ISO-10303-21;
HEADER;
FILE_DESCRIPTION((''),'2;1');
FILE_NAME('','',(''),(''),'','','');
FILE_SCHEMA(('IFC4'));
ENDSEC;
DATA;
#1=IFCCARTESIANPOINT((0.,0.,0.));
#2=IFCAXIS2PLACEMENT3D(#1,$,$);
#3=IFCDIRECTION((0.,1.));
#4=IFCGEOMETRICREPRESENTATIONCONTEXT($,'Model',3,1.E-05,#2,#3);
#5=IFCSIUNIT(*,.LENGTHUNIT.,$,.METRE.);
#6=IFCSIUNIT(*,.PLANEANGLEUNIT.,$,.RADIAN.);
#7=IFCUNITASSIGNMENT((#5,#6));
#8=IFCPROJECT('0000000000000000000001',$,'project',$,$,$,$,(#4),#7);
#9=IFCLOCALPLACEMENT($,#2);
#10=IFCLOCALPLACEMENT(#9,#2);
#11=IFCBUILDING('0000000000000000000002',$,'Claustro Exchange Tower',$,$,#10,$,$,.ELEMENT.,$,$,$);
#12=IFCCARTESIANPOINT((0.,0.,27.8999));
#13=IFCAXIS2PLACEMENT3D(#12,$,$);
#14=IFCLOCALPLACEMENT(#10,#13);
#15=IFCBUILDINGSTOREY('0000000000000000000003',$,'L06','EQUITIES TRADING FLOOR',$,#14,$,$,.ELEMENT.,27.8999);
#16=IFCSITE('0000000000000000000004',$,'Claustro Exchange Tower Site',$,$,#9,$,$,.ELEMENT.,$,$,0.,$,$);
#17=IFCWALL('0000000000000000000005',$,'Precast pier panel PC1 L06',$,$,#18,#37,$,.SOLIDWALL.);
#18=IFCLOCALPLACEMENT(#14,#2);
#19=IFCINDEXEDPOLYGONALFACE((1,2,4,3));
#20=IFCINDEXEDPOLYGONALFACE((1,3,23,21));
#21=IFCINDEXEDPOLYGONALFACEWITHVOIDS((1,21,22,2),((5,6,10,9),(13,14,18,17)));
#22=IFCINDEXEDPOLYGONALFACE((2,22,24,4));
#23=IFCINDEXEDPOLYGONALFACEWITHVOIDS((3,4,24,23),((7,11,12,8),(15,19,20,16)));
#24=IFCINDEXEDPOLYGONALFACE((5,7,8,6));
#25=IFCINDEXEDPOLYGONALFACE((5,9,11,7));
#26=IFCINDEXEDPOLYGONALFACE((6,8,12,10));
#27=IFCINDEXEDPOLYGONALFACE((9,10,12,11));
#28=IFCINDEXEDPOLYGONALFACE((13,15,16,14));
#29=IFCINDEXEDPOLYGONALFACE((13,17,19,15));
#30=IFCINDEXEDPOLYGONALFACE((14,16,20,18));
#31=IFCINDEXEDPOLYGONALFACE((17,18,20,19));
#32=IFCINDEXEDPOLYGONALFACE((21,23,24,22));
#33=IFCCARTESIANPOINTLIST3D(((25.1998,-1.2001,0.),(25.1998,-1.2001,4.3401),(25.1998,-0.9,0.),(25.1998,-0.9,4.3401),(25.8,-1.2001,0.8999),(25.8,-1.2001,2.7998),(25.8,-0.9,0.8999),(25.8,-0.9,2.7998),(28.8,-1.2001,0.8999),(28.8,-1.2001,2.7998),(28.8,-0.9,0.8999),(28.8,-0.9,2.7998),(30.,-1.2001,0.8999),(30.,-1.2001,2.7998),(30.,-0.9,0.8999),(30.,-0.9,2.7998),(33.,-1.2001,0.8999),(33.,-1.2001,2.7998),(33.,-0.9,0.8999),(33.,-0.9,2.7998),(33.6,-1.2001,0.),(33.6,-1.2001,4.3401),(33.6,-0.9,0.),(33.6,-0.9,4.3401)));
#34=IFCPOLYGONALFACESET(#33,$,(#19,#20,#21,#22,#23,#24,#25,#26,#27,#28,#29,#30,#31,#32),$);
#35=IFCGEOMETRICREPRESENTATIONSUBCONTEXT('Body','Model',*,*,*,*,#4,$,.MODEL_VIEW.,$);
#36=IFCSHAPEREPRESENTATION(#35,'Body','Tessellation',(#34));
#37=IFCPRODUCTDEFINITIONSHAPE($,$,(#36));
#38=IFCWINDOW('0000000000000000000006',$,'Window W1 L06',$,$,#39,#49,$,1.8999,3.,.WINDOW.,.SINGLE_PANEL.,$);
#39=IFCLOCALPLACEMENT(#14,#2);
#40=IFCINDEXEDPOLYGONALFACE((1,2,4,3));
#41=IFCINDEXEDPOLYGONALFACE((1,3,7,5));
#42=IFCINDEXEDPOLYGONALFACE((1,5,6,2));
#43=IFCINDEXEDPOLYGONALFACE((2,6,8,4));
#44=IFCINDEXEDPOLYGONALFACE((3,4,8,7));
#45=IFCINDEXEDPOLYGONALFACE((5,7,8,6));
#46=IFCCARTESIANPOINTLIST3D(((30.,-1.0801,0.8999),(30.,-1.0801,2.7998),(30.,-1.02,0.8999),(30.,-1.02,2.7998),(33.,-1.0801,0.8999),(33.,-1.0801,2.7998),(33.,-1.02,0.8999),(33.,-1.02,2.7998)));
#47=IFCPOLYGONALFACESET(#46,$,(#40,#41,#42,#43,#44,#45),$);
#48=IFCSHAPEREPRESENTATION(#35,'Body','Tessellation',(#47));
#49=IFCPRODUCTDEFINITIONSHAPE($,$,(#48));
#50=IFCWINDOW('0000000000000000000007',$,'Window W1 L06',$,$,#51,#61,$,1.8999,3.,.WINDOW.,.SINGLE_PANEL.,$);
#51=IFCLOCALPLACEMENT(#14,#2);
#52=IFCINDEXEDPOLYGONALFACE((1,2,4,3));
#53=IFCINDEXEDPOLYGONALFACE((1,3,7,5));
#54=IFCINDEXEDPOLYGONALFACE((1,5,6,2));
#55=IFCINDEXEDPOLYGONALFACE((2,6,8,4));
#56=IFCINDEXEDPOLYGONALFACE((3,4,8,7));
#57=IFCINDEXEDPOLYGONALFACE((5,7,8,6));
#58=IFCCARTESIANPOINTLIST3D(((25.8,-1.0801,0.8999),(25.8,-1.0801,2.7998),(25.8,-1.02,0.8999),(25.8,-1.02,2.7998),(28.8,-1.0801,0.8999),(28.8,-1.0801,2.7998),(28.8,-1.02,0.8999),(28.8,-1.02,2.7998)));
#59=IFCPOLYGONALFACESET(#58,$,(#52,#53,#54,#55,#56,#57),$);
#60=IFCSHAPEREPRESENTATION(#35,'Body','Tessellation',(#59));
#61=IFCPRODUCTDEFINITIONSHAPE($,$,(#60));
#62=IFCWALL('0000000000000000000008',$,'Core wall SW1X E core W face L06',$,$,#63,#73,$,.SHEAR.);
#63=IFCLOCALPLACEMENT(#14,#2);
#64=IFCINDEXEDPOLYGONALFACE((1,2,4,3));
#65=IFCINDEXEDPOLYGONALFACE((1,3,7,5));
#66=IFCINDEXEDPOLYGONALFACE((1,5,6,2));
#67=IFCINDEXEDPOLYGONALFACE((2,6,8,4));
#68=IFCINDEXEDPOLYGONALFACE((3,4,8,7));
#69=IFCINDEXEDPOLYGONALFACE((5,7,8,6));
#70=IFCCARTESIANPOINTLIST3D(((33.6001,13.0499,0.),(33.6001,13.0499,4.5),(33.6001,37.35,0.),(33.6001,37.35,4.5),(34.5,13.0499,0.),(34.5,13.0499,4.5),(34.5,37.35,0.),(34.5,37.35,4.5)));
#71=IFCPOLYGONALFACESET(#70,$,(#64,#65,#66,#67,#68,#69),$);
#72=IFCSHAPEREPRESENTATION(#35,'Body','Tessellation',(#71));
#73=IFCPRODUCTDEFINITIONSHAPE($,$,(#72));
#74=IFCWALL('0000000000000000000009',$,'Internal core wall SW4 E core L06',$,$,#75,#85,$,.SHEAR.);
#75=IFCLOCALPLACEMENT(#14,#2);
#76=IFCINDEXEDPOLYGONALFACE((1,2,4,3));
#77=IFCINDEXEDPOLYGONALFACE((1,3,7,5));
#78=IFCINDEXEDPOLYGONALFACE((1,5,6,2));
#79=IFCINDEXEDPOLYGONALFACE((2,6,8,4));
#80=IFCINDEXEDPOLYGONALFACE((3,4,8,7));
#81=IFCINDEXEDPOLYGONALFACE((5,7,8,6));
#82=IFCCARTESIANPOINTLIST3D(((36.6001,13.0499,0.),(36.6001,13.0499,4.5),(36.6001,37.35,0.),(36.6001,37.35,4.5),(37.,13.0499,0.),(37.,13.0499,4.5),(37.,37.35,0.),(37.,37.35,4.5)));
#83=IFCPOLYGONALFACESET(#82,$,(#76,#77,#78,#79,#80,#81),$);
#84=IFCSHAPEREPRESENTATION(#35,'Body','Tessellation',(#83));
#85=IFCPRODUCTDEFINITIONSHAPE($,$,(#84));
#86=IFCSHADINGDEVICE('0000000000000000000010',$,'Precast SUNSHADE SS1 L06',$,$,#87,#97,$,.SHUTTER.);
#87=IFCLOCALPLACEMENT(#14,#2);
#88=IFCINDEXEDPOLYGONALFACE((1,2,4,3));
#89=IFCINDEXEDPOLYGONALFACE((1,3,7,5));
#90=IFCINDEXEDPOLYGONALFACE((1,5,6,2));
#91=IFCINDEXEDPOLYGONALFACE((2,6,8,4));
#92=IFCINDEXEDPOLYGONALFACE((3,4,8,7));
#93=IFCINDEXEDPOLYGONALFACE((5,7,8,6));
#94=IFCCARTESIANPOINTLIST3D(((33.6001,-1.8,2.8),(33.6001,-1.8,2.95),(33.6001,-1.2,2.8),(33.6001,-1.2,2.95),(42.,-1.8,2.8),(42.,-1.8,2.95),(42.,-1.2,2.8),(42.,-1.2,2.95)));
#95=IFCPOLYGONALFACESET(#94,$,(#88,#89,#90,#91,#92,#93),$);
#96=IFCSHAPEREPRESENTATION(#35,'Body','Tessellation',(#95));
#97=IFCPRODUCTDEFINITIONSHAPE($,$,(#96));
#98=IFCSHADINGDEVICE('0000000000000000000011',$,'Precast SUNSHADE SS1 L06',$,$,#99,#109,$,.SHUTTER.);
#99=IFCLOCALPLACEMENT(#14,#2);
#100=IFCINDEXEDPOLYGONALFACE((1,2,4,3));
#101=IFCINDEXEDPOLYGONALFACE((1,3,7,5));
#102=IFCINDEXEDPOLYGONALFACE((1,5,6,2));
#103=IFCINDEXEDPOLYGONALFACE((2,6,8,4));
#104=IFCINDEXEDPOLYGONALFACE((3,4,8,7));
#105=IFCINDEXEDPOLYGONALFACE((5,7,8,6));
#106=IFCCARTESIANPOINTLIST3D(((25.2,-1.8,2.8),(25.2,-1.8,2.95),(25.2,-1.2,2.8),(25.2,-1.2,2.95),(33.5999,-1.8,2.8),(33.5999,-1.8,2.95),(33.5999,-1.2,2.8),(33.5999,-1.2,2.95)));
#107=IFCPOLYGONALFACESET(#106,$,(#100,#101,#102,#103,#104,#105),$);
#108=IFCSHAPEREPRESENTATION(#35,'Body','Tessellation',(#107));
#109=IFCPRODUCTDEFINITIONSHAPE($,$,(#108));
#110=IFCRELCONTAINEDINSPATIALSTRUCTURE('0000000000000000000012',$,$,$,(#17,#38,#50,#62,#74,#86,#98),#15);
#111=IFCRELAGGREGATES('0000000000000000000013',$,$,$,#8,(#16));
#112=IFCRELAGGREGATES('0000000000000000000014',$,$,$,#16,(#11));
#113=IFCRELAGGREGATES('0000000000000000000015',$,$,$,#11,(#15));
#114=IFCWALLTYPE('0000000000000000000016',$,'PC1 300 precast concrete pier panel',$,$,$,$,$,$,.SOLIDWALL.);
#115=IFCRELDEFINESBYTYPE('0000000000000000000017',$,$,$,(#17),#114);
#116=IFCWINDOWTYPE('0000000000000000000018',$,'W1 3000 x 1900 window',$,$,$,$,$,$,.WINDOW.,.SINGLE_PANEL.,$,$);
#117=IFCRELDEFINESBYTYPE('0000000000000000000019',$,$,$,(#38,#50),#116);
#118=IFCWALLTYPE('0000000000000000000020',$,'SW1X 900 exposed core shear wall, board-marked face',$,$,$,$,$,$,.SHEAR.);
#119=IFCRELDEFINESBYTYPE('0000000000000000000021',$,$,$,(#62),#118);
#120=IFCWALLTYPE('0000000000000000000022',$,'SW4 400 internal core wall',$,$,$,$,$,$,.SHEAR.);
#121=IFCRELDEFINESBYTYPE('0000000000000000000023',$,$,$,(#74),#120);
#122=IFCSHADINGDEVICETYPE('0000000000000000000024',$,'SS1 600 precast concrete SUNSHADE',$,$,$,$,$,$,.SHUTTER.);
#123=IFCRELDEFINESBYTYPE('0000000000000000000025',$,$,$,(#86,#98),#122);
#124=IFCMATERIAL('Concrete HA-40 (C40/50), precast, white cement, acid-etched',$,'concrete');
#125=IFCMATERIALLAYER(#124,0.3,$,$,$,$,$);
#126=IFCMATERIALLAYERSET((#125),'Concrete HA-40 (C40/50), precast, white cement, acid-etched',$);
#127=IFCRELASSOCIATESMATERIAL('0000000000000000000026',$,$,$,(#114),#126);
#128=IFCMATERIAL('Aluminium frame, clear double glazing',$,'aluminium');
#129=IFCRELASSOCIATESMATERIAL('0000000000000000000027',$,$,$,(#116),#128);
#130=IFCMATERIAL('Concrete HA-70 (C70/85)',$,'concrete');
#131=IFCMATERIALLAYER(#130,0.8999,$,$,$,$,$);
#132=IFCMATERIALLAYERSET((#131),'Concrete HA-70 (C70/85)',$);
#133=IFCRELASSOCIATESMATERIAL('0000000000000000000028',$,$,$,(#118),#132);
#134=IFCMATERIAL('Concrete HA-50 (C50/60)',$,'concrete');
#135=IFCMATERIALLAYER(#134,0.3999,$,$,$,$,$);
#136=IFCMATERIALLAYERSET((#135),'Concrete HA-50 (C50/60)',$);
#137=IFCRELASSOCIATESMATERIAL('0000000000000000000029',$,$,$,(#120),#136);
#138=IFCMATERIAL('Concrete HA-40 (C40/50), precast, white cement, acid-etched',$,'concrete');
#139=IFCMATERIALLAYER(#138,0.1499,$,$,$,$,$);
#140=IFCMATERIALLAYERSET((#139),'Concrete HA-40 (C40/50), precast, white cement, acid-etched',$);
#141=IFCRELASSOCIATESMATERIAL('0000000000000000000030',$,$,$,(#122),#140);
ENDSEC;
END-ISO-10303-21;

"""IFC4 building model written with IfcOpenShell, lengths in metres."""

from ifc_helpers import new_model, si_unit, direction, frame, frame_2d, origin, origin_2d, place, context, subcontext, project, spatial, rectangle, extrude, material, layer, layer_set, type_object, element, fill, save


model = new_model("IFC4")

# Units and contexts
model_context = context("Model", 3, precision=1e-05, world=origin(), true_north=direction((0.0, 1.0)))
body_context = subcontext(model_context, "Body", "Model", "MODEL_VIEW")
ifc_project = project(units=[si_unit("LENGTHUNIT", "METRE"), si_unit("PLANEANGLEUNIT", "RADIAN")], contexts=[model_context])

# Site, building, storey
site_placement = place(None, origin())
site = spatial("IfcSite", under=ifc_project, at=site_placement, Name="Claustro Exchange Tower Site", CompositionType="ELEMENT", RefElevation=0.0)
building_placement = place(site_placement, origin())
building = spatial("IfcBuilding", under=site, at=building_placement, Name="Claustro Exchange Tower", CompositionType="ELEMENT")
storey_placement = place(building_placement, frame((0.0, 0.0, 27.8999)))
storey = spatial("IfcBuildingStorey", under=building, at=storey_placement, Name="L06", Description="EQUITIES TRADING FLOOR", CompositionType="ELEMENT", Elevation=27.8999)

# Wall, openings, windows
ifc_material_1 = material(Name="Concrete HA-40 (C40/50), precast, white cement, acid-etched", Category="concrete")
ifc_layer_1 = layer(ifc_material_1, 0.3)
ifc_layer_set_1 = layer_set([ifc_layer_1], Name="Concrete HA-40 (C40/50), precast, white cement, acid-etched")
wall_type_1 = type_object("IfcWallType", Name="PC1 300 precast concrete pier panel", PredefinedType="SOLIDWALL", material=ifc_layer_set_1)
wall_1_placement = place(storey_placement, frame((33.6001, -1.05, 0.0), z_axis=(0.0, 0.0, 1.0), x_axis=(-1.0, 0.0, 0.0)))
wall_1 = element("IfcWall", 1, at=wall_1_placement, inside=storey, type_object=wall_type_1, Name="Precast pier panel PC1 L06", PredefinedType="SOLIDWALL", context=body_context, shape_type="SweptSolid", body=[
    extrude(rectangle(XDim=8.4001, YDim=0.3, at=frame_2d((4.2002, 0.0))), origin(), (0.0, 0.0, 1.0), 4.3401),
])
opening_1_placement = place(wall_1_placement, frame((0.6001, 0.0, 0.8999)))
opening_1 = element("IfcOpeningElement", 2, at=opening_1_placement, cuts=wall_1, PredefinedType="OPENING", context=body_context, shape_type="SweptSolid", body=[
    extrude(rectangle(XDim=3.0, YDim=1.8999, at=frame_2d((1.5, 0.95))), frame((0.0, 0.1599, 0.0), z_axis=(0.0, -1.0, 0.0), x_axis=(1.0, 0.0, 0.0)), (0.0, 0.0, 1.0), 0.3201),
])
opening_2_placement = place(wall_1_placement, frame((4.8, 0.0, 0.8999)))
opening_2 = element("IfcOpeningElement", 3, at=opening_2_placement, cuts=wall_1, PredefinedType="OPENING", context=body_context, shape_type="SweptSolid", body=[
    extrude(rectangle(XDim=3.0, YDim=1.8999, at=frame_2d((1.5, 0.95))), frame((0.0, 0.1599, 0.0), z_axis=(0.0, -1.0, 0.0), x_axis=(1.0, 0.0, 0.0)), (0.0, 0.0, 1.0), 0.3201),
])
ifc_material_2 = material(Name="Aluminium frame, clear double glazing", Category="aluminium")
window_type = type_object("IfcWindowType", Name="W1 3000 x 1900 window", PartitioningType="SINGLE_PANEL", PredefinedType="WINDOW", material=ifc_material_2)
window_1_placement = place(opening_1_placement, origin())
window_1 = element("IfcWindow", 4, at=window_1_placement, inside=storey, type_object=window_type, Name="Window W1 L06", OverallHeight=1.8999, OverallWidth=3.0, PartitioningType="SINGLE_PANEL", PredefinedType="WINDOW", context=body_context, shape_type="SweptSolid", body=[
    extrude(rectangle(XDim=3.0, YDim=1.8999, at=frame_2d((1.5, 0.95))), frame((0.0, 0.03, 0.0), z_axis=(0.0, -1.0, 0.0), x_axis=(1.0, 0.0, 0.0)), (0.0, 0.0, 1.0), 0.0601),
])
fill(opening_1, window_1)
window_2_placement = place(opening_2_placement, origin())
window_2 = element("IfcWindow", 5, at=window_2_placement, inside=storey, type_object=window_type, Name="Window W1 L06", OverallHeight=1.8999, OverallWidth=3.0, PartitioningType="SINGLE_PANEL", PredefinedType="WINDOW", context=body_context, shape_type="SweptSolid", body=[
    extrude(rectangle(XDim=3.0, YDim=1.8999, at=frame_2d((1.5, 0.95))), frame((0.0, 0.03, 0.0), z_axis=(0.0, -1.0, 0.0), x_axis=(1.0, 0.0, 0.0)), (0.0, 0.0, 1.0), 0.0601),
])
fill(opening_2, window_2)

# Walls
ifc_material_3 = material(Name="Concrete HA-70 (C70/85)", Category="concrete")
ifc_layer_2 = layer(ifc_material_3, 0.8999)
ifc_layer_set_2 = layer_set([ifc_layer_2], Name="Concrete HA-70 (C70/85)")
wall_type_2 = type_object("IfcWallType", Name="SW1X 900 exposed core shear wall, board-marked face", PredefinedType="SHEAR", material=ifc_layer_set_2)
wall_2_placement = place(storey_placement, frame((34.05, 13.05, 0.0), z_axis=(0.0, 0.0, 1.0), x_axis=(0.0, 1.0, 0.0)))
element("IfcWall", 6, at=wall_2_placement, inside=storey, type_object=wall_type_2, Name="Core wall SW1X E core W face L06", PredefinedType="SHEAR", context=body_context, shape_type="SweptSolid", body=[
    extrude(rectangle(XDim=24.3, YDim=0.8999, at=frame_2d((12.1499, 0.0))), origin(), (0.0, 0.0, 1.0), 4.5),
])
ifc_material_4 = material(Name="Concrete HA-50 (C50/60)", Category="concrete")
ifc_layer_3 = layer(ifc_material_4, 0.3999)
ifc_layer_set_3 = layer_set([ifc_layer_3], Name="Concrete HA-50 (C50/60)")
wall_type_3 = type_object("IfcWallType", Name="SW4 400 internal core wall", PredefinedType="SHEAR", material=ifc_layer_set_3)
wall_3_placement = place(storey_placement, frame((36.8, 13.05, 0.0), z_axis=(0.0, 0.0, 1.0), x_axis=(0.0, 1.0, 0.0)))
element("IfcWall", 7, at=wall_3_placement, inside=storey, type_object=wall_type_3, Name="Internal core wall SW4 E core L06", PredefinedType="SHEAR", context=body_context, shape_type="SweptSolid", body=[
    extrude(rectangle(XDim=24.3, YDim=0.3999, at=frame_2d((12.1499, 0.0))), origin(), (0.0, 0.0, 1.0), 4.5),
])

# Shading devices
ifc_material_5 = material(Name="Concrete HA-40 (C40/50), precast, white cement, acid-etched", Category="concrete")
ifc_layer_4 = layer(ifc_material_5, 0.1499)
ifc_layer_set_4 = layer_set([ifc_layer_4], Name="Concrete HA-40 (C40/50), precast, white cement, acid-etched")
shading_device_type = type_object("IfcShadingDeviceType", Name="SS1 600 precast concrete SUNSHADE", PredefinedType="SHUTTER", material=ifc_layer_set_4)
for number, where, z_axis, x_axis, name in (
    (8, (37.8, -1.5, 2.8), (0.0, 0.0, 1.0), (-1.0, 0.0, 0.0), "Precast SUNSHADE SS1 L06"),
    (9, (29.3999, -1.5, 2.8), (0.0, 0.0, 1.0), (-1.0, 0.0, 0.0), "Precast SUNSHADE SS1 L06"),
):
    element("IfcShadingDevice", number, at=place(storey_placement, frame(where, z_axis=z_axis, x_axis=x_axis)), inside=storey, type_object=shading_device_type, Name=name, PredefinedType="SHUTTER", context=body_context, shape_type="SweptSolid", body=[
        extrude(rectangle(XDim=8.3999, YDim=0.6001, at=origin_2d()), origin(), (0.0, 0.0, 1.0), 0.1499),
    ])

save(model, "model.ifc")
